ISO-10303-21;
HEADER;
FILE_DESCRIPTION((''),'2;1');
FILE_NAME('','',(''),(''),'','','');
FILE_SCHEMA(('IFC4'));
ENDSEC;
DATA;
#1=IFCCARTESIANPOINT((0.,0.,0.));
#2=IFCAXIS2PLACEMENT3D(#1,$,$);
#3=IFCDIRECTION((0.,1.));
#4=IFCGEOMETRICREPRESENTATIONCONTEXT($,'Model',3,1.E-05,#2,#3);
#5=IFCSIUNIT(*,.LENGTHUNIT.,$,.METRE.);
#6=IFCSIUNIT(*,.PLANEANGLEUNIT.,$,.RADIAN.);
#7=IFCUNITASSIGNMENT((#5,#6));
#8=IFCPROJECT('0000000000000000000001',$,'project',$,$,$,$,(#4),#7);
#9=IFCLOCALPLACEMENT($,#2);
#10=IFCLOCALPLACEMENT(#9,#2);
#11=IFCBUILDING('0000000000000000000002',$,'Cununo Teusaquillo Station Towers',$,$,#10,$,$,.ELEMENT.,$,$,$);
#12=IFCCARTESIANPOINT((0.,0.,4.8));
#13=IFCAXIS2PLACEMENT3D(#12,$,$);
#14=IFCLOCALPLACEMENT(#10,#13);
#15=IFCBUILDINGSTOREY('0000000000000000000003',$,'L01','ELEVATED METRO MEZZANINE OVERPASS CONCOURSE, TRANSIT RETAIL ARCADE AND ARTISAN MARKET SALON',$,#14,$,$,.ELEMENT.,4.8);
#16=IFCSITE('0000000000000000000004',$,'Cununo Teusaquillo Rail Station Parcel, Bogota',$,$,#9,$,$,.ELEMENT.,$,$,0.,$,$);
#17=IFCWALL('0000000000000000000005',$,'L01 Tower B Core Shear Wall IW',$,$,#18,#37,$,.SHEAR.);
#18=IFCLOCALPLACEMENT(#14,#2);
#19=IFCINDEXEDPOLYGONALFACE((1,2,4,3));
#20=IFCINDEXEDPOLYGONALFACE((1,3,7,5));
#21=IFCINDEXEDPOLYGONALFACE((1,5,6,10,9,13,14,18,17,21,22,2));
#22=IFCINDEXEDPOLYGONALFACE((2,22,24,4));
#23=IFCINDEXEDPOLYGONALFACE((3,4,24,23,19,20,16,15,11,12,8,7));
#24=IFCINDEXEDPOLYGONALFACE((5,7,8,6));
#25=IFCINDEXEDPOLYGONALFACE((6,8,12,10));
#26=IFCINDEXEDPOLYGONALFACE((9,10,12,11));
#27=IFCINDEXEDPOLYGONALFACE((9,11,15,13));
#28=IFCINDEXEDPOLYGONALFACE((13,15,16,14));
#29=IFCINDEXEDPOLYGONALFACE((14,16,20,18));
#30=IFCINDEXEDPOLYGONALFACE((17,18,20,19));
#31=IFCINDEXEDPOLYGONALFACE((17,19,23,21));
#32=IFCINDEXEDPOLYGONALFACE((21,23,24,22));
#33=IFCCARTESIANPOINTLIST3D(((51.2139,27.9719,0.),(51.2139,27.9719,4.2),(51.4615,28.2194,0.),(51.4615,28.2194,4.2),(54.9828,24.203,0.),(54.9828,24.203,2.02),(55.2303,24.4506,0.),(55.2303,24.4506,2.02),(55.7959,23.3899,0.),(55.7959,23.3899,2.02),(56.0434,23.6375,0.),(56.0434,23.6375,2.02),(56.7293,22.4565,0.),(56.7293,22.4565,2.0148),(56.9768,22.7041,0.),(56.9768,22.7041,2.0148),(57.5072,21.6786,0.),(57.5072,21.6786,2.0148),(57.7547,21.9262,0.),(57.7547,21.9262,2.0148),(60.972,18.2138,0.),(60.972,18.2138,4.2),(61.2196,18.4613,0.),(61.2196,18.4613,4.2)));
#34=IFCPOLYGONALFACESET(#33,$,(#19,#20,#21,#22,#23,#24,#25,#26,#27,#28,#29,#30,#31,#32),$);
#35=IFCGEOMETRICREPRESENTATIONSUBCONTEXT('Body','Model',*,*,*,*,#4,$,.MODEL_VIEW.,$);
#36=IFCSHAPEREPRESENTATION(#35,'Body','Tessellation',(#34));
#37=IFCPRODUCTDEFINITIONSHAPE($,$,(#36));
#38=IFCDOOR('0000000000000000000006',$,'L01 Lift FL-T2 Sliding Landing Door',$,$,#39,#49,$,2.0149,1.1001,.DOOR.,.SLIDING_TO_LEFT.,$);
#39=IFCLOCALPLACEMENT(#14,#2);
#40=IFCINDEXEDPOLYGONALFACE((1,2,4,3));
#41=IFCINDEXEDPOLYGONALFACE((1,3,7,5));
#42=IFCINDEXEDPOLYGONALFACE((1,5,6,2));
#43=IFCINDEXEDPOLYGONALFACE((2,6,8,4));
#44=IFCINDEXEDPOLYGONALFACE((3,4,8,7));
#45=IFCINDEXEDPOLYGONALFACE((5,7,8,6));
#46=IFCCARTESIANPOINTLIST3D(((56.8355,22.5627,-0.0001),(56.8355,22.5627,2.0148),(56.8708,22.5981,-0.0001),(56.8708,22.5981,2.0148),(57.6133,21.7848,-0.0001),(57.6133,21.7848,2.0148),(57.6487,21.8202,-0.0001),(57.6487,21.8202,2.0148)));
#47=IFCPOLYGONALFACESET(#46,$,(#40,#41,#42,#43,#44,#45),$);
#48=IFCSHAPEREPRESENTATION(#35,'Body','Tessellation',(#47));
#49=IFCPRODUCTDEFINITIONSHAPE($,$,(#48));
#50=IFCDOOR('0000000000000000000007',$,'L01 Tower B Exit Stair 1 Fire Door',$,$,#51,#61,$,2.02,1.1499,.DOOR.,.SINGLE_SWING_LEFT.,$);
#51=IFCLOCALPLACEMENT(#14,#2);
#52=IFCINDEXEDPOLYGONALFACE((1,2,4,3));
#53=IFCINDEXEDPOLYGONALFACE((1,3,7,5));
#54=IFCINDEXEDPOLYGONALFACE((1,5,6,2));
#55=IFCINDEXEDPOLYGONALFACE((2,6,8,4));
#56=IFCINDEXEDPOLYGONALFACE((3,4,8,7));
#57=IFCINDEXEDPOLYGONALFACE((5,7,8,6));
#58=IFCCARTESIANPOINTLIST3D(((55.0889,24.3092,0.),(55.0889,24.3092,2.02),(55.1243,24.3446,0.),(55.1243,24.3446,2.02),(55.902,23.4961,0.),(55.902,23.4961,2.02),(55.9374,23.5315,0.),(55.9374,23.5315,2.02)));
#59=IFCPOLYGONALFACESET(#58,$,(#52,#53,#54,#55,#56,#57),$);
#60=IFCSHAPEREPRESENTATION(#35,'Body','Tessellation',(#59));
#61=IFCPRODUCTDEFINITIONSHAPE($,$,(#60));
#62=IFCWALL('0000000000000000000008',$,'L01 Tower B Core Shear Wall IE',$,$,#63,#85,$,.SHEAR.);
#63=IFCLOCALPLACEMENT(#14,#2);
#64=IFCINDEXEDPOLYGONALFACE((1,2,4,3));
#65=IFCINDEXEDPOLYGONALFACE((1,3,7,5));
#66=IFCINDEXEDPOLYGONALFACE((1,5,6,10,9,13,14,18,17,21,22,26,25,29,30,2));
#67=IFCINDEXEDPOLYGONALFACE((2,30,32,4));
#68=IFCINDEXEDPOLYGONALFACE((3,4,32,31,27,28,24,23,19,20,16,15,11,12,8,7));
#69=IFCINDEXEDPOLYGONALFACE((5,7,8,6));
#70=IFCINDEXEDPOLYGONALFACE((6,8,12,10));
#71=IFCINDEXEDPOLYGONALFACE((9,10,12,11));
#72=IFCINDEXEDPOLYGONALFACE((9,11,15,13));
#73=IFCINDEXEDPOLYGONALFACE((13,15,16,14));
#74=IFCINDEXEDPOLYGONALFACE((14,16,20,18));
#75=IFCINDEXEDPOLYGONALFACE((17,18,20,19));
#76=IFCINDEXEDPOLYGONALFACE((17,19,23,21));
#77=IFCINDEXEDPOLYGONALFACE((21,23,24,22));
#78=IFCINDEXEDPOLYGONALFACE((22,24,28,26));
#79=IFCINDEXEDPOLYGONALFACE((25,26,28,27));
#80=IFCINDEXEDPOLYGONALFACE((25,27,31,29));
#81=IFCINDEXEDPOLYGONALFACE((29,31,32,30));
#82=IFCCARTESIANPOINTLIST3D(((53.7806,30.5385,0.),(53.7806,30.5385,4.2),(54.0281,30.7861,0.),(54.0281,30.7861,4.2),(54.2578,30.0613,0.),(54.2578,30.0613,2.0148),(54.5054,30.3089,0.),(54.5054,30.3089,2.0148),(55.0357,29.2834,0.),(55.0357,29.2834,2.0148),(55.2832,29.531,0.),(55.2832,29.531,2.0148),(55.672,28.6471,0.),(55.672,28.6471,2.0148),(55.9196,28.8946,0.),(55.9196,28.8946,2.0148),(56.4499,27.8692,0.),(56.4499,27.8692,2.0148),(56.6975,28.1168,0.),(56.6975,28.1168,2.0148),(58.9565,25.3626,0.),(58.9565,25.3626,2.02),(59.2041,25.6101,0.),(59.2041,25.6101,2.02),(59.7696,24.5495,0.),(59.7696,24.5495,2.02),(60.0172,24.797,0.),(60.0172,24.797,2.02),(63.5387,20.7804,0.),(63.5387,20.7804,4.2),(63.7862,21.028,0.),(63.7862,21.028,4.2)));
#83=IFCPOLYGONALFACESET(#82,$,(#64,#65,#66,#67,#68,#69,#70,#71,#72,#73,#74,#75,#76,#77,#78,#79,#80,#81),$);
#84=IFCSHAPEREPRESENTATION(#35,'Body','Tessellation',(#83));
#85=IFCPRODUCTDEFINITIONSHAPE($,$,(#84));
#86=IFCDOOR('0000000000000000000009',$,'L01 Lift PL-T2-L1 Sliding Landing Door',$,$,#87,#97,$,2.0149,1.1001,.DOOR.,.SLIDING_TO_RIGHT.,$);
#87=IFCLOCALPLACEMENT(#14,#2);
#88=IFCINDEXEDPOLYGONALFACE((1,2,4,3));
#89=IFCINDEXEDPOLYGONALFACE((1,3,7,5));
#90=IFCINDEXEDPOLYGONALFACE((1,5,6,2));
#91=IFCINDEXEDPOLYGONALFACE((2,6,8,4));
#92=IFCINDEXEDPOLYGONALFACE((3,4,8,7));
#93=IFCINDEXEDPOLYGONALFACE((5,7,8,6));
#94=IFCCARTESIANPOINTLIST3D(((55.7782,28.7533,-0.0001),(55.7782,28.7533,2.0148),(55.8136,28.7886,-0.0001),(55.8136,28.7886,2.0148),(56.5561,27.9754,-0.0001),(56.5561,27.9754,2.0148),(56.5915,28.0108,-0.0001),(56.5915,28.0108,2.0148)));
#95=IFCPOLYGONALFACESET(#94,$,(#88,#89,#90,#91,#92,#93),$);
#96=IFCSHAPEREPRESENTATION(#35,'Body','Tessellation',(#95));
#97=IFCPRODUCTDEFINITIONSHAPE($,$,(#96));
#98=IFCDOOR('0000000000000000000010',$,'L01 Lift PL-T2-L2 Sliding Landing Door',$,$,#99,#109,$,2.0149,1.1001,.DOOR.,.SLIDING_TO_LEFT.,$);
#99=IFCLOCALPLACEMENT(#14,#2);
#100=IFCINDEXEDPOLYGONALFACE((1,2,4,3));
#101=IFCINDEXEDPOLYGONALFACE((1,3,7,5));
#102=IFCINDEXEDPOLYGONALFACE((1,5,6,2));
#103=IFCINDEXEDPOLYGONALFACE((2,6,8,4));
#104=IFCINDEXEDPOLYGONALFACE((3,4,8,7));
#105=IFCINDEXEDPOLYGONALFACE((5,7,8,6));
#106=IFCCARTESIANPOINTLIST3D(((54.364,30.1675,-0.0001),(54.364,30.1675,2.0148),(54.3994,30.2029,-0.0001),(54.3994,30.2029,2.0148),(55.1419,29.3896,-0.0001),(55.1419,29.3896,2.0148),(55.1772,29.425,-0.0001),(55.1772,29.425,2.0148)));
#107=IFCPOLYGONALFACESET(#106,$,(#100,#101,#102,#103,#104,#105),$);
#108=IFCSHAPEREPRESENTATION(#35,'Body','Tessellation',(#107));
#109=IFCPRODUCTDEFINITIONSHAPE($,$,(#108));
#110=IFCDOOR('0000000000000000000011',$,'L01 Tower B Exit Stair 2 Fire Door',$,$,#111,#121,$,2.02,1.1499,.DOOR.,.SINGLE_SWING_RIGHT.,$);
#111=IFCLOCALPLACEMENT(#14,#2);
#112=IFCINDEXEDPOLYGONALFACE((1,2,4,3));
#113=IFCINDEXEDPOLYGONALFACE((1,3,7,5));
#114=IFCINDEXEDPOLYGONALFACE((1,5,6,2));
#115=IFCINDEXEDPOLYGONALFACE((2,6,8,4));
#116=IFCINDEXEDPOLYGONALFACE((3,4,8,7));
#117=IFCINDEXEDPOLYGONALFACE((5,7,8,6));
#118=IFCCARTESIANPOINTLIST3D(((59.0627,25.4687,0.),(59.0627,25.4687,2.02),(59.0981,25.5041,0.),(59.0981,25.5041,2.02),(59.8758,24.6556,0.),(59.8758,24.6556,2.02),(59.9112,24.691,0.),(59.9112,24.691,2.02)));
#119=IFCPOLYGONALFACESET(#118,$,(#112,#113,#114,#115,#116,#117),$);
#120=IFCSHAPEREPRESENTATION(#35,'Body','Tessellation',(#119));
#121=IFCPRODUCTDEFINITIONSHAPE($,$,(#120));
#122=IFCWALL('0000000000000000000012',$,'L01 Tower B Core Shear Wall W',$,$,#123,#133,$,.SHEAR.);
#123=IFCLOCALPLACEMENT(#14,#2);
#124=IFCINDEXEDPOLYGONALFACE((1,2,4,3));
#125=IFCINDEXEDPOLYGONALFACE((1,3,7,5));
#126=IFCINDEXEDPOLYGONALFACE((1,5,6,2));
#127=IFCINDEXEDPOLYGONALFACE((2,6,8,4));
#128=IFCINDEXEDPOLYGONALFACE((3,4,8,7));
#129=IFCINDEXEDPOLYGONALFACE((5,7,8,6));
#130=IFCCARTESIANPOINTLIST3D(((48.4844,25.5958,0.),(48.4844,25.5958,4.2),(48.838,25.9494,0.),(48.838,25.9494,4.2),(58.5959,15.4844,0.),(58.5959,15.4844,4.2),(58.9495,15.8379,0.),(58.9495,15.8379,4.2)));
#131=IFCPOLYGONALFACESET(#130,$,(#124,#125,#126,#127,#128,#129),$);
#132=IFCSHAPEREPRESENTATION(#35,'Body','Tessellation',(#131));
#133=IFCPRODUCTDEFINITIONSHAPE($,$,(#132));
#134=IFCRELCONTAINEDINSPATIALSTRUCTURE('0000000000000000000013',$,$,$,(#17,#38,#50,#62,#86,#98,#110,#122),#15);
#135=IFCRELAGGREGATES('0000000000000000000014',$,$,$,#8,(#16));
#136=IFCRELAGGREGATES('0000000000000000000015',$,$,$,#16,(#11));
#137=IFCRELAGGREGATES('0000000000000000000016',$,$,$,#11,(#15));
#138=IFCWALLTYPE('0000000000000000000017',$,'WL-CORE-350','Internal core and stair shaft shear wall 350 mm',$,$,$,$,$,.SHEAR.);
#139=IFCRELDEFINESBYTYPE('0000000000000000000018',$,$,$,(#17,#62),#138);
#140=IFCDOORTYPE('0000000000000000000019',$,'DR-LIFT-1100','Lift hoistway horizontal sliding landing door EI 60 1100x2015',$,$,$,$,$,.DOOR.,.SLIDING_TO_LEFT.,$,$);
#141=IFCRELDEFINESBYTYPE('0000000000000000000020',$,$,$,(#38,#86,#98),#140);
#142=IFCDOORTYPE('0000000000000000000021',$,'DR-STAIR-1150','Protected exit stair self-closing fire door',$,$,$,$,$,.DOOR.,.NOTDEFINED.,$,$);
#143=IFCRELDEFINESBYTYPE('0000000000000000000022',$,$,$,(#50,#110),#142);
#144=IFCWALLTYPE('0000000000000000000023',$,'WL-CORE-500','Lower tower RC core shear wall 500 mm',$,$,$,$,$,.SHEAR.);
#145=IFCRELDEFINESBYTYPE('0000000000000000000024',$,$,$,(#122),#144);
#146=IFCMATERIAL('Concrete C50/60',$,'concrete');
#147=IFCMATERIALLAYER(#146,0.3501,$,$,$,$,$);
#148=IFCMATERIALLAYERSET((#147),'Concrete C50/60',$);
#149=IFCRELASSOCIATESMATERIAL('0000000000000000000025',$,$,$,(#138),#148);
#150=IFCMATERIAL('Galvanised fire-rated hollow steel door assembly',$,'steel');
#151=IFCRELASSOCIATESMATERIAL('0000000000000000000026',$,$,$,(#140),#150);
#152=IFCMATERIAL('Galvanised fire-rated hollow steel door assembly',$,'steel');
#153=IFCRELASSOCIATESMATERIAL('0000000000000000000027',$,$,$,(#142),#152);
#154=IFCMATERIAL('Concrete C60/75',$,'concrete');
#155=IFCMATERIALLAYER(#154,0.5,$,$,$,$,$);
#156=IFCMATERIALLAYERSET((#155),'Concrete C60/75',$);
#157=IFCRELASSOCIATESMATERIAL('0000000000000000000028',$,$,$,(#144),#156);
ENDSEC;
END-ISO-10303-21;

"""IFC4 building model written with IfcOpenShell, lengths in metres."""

from ifc_helpers import new_model, si_unit, direction, frame, frame_2d, origin, place, context, subcontext, project, spatial, rectangle, extrude, source, transform, mapped, material, layer, layer_set, type_object, element, fill, save


model = new_model("IFC4")

# Units and contexts
model_context = context("Model", 3, precision=1e-05, world=origin(), true_north=direction((0.0, 1.0)))
body_context = subcontext(model_context, "Body", "Model", "MODEL_VIEW")
ifc_project = project(units=[si_unit("LENGTHUNIT", "METRE"), si_unit("PLANEANGLEUNIT", "RADIAN")], contexts=[model_context])

# Site, building, storey
site_placement = place(None, origin())
site = spatial("IfcSite", under=ifc_project, at=site_placement, Name="Cununo Teusaquillo Rail Station Parcel, Bogota", CompositionType="ELEMENT", RefElevation=0.0)
building_placement = place(site_placement, origin())
building = spatial("IfcBuilding", under=site, at=building_placement, Name="Cununo Teusaquillo Station Towers", CompositionType="ELEMENT")
storey_placement = place(building_placement, frame((0.0, 0.0, 4.8)))
storey = spatial("IfcBuildingStorey", under=building, at=storey_placement, Name="L01", Description="ELEVATED METRO MEZZANINE OVERPASS CONCOURSE, TRANSIT RETAIL ARCADE AND ARTISAN MARKET SALON", CompositionType="ELEMENT", Elevation=4.8)

# Walls, openings, doors
ifc_material_1 = material(Name="Concrete C50/60", Category="concrete")
ifc_layer_1 = layer(ifc_material_1, 0.3501)
ifc_layer_set_1 = layer_set([ifc_layer_1], Name="Concrete C50/60")
wall_type_1 = type_object("IfcWallType", Name="WL-CORE-350", Description="Internal core and stair shaft shear wall 350 mm", PredefinedType="SHEAR", material=ifc_layer_set_1)
wall_1_placement = place(storey_placement, frame((61.0957, 18.3376, 0.0), z_axis=(0.0, 0.0, 1.0), x_axis=(-0.707107, 0.707107, 0.0)))
wall_1 = element("IfcWall", 1, at=wall_1_placement, inside=storey, type_object=wall_type_1, Name="L01 Tower B Core Shear Wall IW", PredefinedType="SHEAR", context=body_context, shape_type="SweptSolid", body=[
    extrude(rectangle(XDim=13.8, YDim=0.3501, at=frame_2d((6.8999, 0.0))), origin(), (0.0, 0.0, 1.0), 4.2),
])
shared_shape_1 = source(origin(), body_context, "Body", "SweptSolid", [
    extrude(rectangle(XDim=1.1001, YDim=2.0149, at=frame_2d((0.55, 1.0073))), frame((0.0, 0.1851, 0.0), z_axis=(0.0, -1.0, 0.0), x_axis=(1.0, 0.0, 0.0)), (0.0, 0.0, 1.0), 0.3701),
])
opening_1_placement = place(wall_1_placement, frame((4.8999, 0.0, 0.0)))
opening_1 = element("IfcOpeningElement", 2, at=opening_1_placement, cuts=wall_1, PredefinedType="OPENING", context=body_context, shape_type="MappedRepresentation", body=[
    mapped(shared_shape_1, transform((0.0, 0.0, 0.0), x_axis=(1.0, 0.0, 0.0), y_axis=(0.0, 1.0, 0.0), z_axis=(0.0, 0.0, 1.0), scale=1.0)),
])
shared_shape_2 = source(origin(), body_context, "Body", "SweptSolid", [
    extrude(rectangle(XDim=1.1499, YDim=2.02, at=frame_2d((0.575, 1.01))), frame((0.0, 0.1851, 0.0), z_axis=(0.0, -1.0, 0.0), x_axis=(1.0, 0.0, 0.0)), (0.0, 0.0, 1.0), 0.3701),
])
opening_2_placement = place(wall_1_placement, frame((7.3201, 0.0, 0.0)))
opening_2 = element("IfcOpeningElement", 3, at=opening_2_placement, cuts=wall_1, PredefinedType="OPENING", context=body_context, shape_type="MappedRepresentation", body=[
    mapped(shared_shape_2, transform((0.0, 0.0, 0.0), x_axis=(1.0, 0.0, 0.0), y_axis=(0.0, 1.0, 0.0), z_axis=(0.0, 0.0, 1.0), scale=1.0)),
])
ifc_material_2 = material(Name="Galvanised fire-rated hollow steel door assembly", Category="steel")
door_type_1 = type_object("IfcDoorType", Name="DR-LIFT-1100", Description="Lift hoistway horizontal sliding landing door EI 60 1100x2015", OperationType="SLIDING_TO_LEFT", PredefinedType="DOOR", material=ifc_material_2)
shared_shape_3 = source(origin(), body_context, "Body", "SweptSolid", [
    extrude(rectangle(XDim=1.1001, YDim=2.0149, at=frame_2d((0.55, 1.0073))), frame((0.0, 0.0249, 0.0), z_axis=(0.0, -1.0, 0.0), x_axis=(1.0, 0.0, 0.0)), (0.0, 0.0, 1.0), 0.05),
])
door_1_placement = place(opening_1_placement, origin())
door_1 = element("IfcDoor", 4, at=door_1_placement, inside=storey, type_object=door_type_1, Name="L01 Lift FL-T2 Sliding Landing Door", OperationType="SLIDING_TO_LEFT", OverallHeight=2.0149, OverallWidth=1.1001, PredefinedType="DOOR", context=body_context, shape_type="MappedRepresentation", body=[
    mapped(shared_shape_3, transform((0.0, 0.0, 0.0), x_axis=(1.0, 0.0, 0.0), y_axis=(0.0, 1.0, 0.0), z_axis=(0.0, 0.0, 1.0), scale=1.0)),
])
fill(opening_1, door_1)
ifc_material_3 = material(Name="Galvanised fire-rated hollow steel door assembly", Category="steel")
door_type_2 = type_object("IfcDoorType", Name="DR-STAIR-1150", Description="Protected exit stair self-closing fire door", OperationType="NOTDEFINED", PredefinedType="DOOR", material=ifc_material_3)
shared_shape_4 = source(origin(), body_context, "Body", "SweptSolid", [
    extrude(rectangle(XDim=1.1499, YDim=2.02, at=frame_2d((0.575, 1.01))), frame((0.0, 0.0249, 0.0), z_axis=(0.0, -1.0, 0.0), x_axis=(1.0, 0.0, 0.0)), (0.0, 0.0, 1.0), 0.05),
])
door_2_placement = place(opening_2_placement, origin())
door_2 = element("IfcDoor", 5, at=door_2_placement, inside=storey, type_object=door_type_2, Name="L01 Tower B Exit Stair 1 Fire Door", OperationType="SINGLE_SWING_LEFT", OverallHeight=2.02, OverallWidth=1.1499, PredefinedType="DOOR", context=body_context, shape_type="MappedRepresentation", body=[
    mapped(shared_shape_4, transform((0.0, 0.0, 0.0), x_axis=(1.0, 0.0, 0.0), y_axis=(0.0, 1.0, 0.0), z_axis=(0.0, 0.0, 1.0), scale=1.0)),
])
fill(opening_2, door_2)
wall_2_placement = place(storey_placement, frame((63.6624, 20.9043, 0.0), z_axis=(0.0, 0.0, 1.0), x_axis=(-0.707107, 0.707107, 0.0)))
wall_2 = element("IfcWall", 6, at=wall_2_placement, inside=storey, type_object=wall_type_1, Name="L01 Tower B Core Shear Wall IE", PredefinedType="SHEAR", context=body_context, shape_type="SweptSolid", body=[
    extrude(rectangle(XDim=13.8, YDim=0.3501, at=frame_2d((6.8999, 0.0))), origin(), (0.0, 0.0, 1.0), 4.2),
])
opening_3_placement = place(wall_2_placement, frame((10.0249, 0.0, 0.0)))
opening_3 = element("IfcOpeningElement", 7, at=opening_3_placement, cuts=wall_2, PredefinedType="OPENING", context=body_context, shape_type="MappedRepresentation", body=[
    mapped(shared_shape_1, transform((0.0, 0.0, 0.0), x_axis=(1.0, 0.0, 0.0), y_axis=(0.0, 1.0, 0.0), z_axis=(0.0, 0.0, 1.0), scale=1.0)),
])
opening_4_placement = place(wall_2_placement, frame((12.0249, 0.0, 0.0)))
opening_4 = element("IfcOpeningElement", 8, at=opening_4_placement, cuts=wall_2, PredefinedType="OPENING", context=body_context, shape_type="MappedRepresentation", body=[
    mapped(shared_shape_1, transform((0.0, 0.0, 0.0), x_axis=(1.0, 0.0, 0.0), y_axis=(0.0, 1.0, 0.0), z_axis=(0.0, 0.0, 1.0), scale=1.0)),
])
opening_5_placement = place(wall_2_placement, frame((5.3301, 0.0, 0.0)))
opening_5 = element("IfcOpeningElement", 9, at=opening_5_placement, cuts=wall_2, PredefinedType="OPENING", context=body_context, shape_type="MappedRepresentation", body=[
    mapped(shared_shape_2, transform((0.0, 0.0, 0.0), x_axis=(1.0, 0.0, 0.0), y_axis=(0.0, 1.0, 0.0), z_axis=(0.0, 0.0, 1.0), scale=1.0)),
])
door_3_placement = place(opening_3_placement, origin())
door_3 = element("IfcDoor", 10, at=door_3_placement, inside=storey, type_object=door_type_1, Name="L01 Lift PL-T2-L1 Sliding Landing Door", OperationType="SLIDING_TO_RIGHT", OverallHeight=2.0149, OverallWidth=1.1001, PredefinedType="DOOR", context=body_context, shape_type="MappedRepresentation", body=[
    mapped(shared_shape_3, transform((0.0, 0.0, 0.0), x_axis=(1.0, 0.0, 0.0), y_axis=(0.0, 1.0, 0.0), z_axis=(0.0, 0.0, 1.0), scale=1.0)),
])
fill(opening_3, door_3)
door_4_placement = place(opening_4_placement, origin())
door_4 = element("IfcDoor", 11, at=door_4_placement, inside=storey, type_object=door_type_1, Name="L01 Lift PL-T2-L2 Sliding Landing Door", OperationType="SLIDING_TO_LEFT", OverallHeight=2.0149, OverallWidth=1.1001, PredefinedType="DOOR", context=body_context, shape_type="MappedRepresentation", body=[
    mapped(shared_shape_3, transform((0.0, 0.0, 0.0), x_axis=(1.0, 0.0, 0.0), y_axis=(0.0, 1.0, 0.0), z_axis=(0.0, 0.0, 1.0), scale=1.0)),
])
fill(opening_4, door_4)
door_5_placement = place(opening_5_placement, origin())
door_5 = element("IfcDoor", 12, at=door_5_placement, inside=storey, type_object=door_type_2, Name="L01 Tower B Exit Stair 2 Fire Door", OperationType="SINGLE_SWING_RIGHT", OverallHeight=2.02, OverallWidth=1.1499, PredefinedType="DOOR", context=body_context, shape_type="MappedRepresentation", body=[
    mapped(shared_shape_4, transform((0.0, 0.0, 0.0), x_axis=(1.0, 0.0, 0.0), y_axis=(0.0, 1.0, 0.0), z_axis=(0.0, 0.0, 1.0), scale=1.0)),
])
fill(opening_5, door_5)

# Wall
ifc_material_4 = material(Name="Concrete C60/75", Category="concrete")
ifc_layer_2 = layer(ifc_material_4, 0.5)
ifc_layer_set_2 = layer_set([ifc_layer_2], Name="Concrete C60/75")
wall_type_2 = type_object("IfcWallType", Name="WL-CORE-500", Description="Lower tower RC core shear wall 500 mm", PredefinedType="SHEAR", material=ifc_layer_set_2)
wall_3_placement = place(storey_placement, frame((58.7727, 15.6611, 0.0), z_axis=(0.0, 0.0, 1.0), x_axis=(-0.707107, 0.707107, 0.0)))
element("IfcWall", 13, at=wall_3_placement, inside=storey, type_object=wall_type_2, Name="L01 Tower B Core Shear Wall W", PredefinedType="SHEAR", context=body_context, shape_type="SweptSolid", body=[
    extrude(rectangle(XDim=14.2998, YDim=0.5, at=frame_2d((7.1499, 0.0))), origin(), (0.0, 0.0, 1.0), 4.2),
])

save(model, "model.ifc")
